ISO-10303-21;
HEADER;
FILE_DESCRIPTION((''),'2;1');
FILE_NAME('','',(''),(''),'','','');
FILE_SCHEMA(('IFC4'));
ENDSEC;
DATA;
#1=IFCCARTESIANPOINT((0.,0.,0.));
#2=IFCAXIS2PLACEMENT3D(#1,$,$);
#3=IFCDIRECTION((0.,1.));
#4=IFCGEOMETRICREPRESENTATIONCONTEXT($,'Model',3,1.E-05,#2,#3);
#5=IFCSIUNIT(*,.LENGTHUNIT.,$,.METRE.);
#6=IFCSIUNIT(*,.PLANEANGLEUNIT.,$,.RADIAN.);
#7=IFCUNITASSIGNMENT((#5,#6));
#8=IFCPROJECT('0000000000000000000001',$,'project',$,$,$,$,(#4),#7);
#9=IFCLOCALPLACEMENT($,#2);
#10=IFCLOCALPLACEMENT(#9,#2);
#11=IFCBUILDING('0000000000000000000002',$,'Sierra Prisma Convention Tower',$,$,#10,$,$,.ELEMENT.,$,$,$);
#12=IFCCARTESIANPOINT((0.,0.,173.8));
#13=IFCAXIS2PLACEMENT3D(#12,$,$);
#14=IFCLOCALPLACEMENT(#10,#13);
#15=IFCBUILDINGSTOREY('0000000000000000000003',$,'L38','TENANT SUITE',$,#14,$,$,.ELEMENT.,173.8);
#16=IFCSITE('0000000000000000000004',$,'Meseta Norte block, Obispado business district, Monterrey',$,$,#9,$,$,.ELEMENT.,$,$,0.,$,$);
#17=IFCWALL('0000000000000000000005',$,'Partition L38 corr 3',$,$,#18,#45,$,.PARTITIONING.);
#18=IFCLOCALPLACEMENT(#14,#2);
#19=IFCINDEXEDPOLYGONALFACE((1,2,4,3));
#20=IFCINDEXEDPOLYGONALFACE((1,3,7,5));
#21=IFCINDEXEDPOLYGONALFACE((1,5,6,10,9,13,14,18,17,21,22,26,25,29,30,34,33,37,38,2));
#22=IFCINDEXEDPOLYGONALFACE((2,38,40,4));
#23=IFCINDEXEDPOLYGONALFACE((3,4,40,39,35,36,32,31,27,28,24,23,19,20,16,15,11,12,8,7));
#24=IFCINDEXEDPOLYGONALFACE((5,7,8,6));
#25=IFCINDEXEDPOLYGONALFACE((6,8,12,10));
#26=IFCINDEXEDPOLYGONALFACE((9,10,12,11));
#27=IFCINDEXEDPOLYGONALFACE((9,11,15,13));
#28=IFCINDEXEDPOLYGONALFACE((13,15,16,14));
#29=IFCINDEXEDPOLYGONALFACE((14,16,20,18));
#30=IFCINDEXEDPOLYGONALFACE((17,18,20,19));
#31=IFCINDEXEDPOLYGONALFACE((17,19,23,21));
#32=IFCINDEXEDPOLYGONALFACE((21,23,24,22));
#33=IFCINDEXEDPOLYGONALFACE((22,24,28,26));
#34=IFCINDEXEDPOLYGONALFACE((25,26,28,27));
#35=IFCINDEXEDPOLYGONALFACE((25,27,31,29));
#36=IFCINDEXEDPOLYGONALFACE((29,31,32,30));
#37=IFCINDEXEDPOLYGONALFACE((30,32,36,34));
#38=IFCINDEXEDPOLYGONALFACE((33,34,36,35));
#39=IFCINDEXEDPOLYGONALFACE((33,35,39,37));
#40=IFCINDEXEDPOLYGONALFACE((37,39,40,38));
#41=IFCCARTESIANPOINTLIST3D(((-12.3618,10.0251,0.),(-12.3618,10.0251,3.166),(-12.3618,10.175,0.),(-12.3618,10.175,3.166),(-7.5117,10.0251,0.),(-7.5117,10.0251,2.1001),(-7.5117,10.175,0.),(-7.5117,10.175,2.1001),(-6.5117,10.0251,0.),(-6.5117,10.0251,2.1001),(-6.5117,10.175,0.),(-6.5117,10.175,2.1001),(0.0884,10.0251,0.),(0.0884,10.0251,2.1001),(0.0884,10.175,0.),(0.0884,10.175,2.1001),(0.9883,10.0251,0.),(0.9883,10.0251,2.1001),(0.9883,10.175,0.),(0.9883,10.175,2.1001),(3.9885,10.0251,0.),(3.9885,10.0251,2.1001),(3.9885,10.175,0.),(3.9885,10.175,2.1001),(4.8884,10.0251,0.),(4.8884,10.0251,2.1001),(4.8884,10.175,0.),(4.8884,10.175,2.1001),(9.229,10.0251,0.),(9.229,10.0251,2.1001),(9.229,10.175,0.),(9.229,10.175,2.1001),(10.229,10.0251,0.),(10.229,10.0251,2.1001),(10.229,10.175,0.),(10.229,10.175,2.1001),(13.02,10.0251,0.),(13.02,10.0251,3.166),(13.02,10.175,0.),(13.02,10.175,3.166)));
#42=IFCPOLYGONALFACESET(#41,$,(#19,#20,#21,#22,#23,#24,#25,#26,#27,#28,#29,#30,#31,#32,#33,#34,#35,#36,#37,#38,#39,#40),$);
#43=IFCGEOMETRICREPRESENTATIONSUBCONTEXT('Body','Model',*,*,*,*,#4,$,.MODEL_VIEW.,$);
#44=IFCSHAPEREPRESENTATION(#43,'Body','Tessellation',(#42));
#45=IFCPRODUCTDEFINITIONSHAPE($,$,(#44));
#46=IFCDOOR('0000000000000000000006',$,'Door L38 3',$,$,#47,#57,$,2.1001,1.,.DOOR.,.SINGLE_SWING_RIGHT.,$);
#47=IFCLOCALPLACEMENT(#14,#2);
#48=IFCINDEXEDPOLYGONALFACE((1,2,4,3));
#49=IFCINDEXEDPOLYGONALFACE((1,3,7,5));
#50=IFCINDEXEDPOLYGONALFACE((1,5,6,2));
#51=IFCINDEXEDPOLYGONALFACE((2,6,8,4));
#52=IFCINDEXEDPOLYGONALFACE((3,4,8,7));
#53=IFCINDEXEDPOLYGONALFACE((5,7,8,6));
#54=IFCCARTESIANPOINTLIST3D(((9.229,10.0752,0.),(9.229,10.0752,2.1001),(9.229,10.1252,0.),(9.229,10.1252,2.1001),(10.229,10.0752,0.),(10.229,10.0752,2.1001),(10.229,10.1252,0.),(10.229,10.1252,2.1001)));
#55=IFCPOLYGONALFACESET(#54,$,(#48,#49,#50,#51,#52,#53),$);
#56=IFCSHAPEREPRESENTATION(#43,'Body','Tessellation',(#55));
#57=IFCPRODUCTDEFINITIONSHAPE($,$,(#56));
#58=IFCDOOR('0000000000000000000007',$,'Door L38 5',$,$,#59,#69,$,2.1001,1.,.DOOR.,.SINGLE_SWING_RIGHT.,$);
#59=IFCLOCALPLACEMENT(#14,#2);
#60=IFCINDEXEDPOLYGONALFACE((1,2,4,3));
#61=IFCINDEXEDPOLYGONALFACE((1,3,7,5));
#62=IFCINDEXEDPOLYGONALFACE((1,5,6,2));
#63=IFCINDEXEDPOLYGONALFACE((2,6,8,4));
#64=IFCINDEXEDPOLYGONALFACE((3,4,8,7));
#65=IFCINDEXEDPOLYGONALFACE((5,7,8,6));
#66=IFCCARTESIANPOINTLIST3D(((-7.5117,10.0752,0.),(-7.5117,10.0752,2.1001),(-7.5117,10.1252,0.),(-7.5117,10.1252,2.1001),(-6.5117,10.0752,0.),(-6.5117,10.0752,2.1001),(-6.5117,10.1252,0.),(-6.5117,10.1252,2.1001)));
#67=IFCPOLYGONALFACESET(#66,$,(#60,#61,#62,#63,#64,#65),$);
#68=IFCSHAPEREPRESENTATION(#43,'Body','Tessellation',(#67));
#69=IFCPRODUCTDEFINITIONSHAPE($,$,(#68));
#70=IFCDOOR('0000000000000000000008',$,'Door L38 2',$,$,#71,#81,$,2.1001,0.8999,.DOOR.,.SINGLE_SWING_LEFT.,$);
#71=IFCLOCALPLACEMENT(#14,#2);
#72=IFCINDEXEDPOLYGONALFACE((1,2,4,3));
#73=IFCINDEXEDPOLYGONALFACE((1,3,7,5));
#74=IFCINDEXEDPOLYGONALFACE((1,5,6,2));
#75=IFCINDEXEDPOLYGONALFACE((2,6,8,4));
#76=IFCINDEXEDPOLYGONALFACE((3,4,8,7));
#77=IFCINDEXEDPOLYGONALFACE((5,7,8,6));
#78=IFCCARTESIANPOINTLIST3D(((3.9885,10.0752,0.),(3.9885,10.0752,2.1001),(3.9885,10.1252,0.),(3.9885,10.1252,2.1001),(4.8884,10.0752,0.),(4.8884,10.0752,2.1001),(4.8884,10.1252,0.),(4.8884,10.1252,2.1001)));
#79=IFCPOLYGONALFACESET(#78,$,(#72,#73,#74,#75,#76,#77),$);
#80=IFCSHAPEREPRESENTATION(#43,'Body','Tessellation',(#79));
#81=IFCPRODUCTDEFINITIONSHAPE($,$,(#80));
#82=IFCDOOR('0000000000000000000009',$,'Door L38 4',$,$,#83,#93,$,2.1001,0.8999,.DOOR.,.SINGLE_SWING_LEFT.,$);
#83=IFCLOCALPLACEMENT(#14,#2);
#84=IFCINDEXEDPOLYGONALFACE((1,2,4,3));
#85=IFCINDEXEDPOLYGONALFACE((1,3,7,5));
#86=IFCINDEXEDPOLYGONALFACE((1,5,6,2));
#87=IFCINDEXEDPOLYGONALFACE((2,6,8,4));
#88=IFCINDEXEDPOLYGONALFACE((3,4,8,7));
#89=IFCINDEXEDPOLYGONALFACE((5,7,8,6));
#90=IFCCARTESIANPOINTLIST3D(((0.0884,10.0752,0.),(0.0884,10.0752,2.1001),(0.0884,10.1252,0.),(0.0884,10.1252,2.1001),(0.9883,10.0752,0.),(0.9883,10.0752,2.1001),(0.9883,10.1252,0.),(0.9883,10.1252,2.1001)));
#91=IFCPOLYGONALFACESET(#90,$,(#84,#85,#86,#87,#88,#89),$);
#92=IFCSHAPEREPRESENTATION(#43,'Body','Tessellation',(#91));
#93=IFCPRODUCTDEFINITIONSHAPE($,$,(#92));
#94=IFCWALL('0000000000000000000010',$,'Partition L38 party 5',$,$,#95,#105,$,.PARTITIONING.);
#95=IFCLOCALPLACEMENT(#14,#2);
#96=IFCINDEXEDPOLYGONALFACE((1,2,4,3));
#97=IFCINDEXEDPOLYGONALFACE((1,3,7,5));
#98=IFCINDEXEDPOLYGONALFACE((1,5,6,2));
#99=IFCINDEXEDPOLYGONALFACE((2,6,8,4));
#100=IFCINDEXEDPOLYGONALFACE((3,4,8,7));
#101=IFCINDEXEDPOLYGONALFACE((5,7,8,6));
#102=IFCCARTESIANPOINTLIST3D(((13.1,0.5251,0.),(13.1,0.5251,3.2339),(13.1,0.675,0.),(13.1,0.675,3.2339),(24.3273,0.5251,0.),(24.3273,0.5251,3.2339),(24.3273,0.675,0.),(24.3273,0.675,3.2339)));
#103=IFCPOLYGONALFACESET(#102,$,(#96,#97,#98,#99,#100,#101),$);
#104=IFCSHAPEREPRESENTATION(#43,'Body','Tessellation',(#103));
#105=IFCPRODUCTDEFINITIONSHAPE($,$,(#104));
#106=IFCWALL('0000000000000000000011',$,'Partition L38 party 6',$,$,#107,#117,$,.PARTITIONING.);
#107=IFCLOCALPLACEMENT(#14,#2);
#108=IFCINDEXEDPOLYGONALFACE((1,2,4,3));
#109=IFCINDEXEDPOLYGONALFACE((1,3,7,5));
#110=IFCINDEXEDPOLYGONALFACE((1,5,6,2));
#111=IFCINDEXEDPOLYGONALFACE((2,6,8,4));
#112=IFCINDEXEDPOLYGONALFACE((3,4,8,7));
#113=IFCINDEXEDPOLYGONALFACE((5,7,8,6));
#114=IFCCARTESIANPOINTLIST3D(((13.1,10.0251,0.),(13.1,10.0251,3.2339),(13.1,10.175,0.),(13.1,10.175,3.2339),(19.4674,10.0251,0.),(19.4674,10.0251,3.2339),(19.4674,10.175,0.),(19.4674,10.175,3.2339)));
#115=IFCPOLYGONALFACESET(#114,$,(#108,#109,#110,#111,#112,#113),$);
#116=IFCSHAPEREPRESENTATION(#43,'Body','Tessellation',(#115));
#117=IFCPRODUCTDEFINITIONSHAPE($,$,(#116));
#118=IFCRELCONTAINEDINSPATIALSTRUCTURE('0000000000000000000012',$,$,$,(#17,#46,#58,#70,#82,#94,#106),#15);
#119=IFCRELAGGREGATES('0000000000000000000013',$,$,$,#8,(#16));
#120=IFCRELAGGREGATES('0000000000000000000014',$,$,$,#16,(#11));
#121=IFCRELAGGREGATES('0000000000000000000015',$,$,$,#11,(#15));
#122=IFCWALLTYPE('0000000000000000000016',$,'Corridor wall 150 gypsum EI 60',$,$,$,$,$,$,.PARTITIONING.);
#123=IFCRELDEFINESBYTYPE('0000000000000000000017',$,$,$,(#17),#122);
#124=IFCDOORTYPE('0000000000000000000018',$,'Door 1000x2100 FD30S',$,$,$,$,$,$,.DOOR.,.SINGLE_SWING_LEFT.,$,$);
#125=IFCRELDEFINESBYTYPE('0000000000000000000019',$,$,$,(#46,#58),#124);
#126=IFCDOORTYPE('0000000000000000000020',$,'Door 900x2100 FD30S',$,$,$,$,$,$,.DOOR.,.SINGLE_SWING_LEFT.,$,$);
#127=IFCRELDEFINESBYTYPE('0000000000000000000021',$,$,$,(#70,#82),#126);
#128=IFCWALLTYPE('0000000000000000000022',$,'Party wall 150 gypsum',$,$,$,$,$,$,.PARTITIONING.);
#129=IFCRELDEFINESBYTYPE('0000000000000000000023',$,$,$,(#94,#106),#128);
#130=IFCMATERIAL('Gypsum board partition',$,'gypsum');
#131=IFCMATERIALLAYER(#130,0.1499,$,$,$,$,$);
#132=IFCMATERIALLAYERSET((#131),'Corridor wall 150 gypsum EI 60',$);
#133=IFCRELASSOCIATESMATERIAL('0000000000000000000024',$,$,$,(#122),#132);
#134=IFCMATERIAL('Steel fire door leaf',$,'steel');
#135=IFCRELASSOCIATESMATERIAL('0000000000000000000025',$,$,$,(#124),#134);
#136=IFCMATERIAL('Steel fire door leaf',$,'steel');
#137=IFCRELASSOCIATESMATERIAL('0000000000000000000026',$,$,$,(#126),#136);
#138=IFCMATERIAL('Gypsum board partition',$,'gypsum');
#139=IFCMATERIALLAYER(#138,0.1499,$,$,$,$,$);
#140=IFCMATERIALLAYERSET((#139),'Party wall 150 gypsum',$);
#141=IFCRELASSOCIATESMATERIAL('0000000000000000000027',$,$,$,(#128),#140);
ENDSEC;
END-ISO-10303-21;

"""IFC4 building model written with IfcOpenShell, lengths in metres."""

from ifc_helpers import new_model, si_unit, direction, frame, frame_2d, origin, place, context, subcontext, project, spatial, rectangle, extrude, material, layer, layer_set, type_object, element, fill, save


model = new_model("IFC4")

# Units and contexts
model_context = context("Model", 3, precision=1e-05, world=origin(), true_north=direction((0.0, 1.0)))
body_context = subcontext(model_context, "Body", "Model", "MODEL_VIEW")
ifc_project = project(units=[si_unit("LENGTHUNIT", "METRE"), si_unit("PLANEANGLEUNIT", "RADIAN")], contexts=[model_context])

# Site, building, storey
site_placement = place(None, origin())
site = spatial("IfcSite", under=ifc_project, at=site_placement, Name="Meseta Norte block, Obispado business district, Monterrey", CompositionType="ELEMENT", RefElevation=0.0)
building_placement = place(site_placement, origin())
building = spatial("IfcBuilding", under=site, at=building_placement, Name="Sierra Prisma Convention Tower", CompositionType="ELEMENT")
storey_placement = place(building_placement, frame((0.0, 0.0, 173.8)))
storey = spatial("IfcBuildingStorey", under=building, at=storey_placement, Name="L38", Description="TENANT SUITE", CompositionType="ELEMENT", Elevation=173.8)

# Wall, openings, doors
ifc_material_1 = material(Name="Gypsum board partition", Category="gypsum")
ifc_layer_1 = layer(ifc_material_1, 0.1499)
ifc_layer_set_1 = layer_set([ifc_layer_1], Name="Corridor wall 150 gypsum EI 60")
wall_type_1 = type_object("IfcWallType", Name="Corridor wall 150 gypsum EI 60", PredefinedType="PARTITIONING", material=ifc_layer_set_1)
wall_1_placement = place(storey_placement, frame((13.02, 10.1001, 0.0), z_axis=(0.0, 0.0, 1.0), x_axis=(-1.0, 0.0, 0.0)))
wall_1 = element("IfcWall", 1, at=wall_1_placement, inside=storey, type_object=wall_type_1, Name="Partition L38 corr 3", PredefinedType="PARTITIONING", context=body_context, shape_type="SweptSolid", body=[
    extrude(rectangle(XDim=25.3818, YDim=0.1499, at=frame_2d((12.6909, 0.0))), origin(), (0.0, 0.0, 1.0), 3.166),
])
opening_1_placement = place(wall_1_placement, frame((8.1316, 0.0, 0.0)))
opening_1 = element("IfcOpeningElement", 2, at=opening_1_placement, cuts=wall_1, PredefinedType="OPENING", context=body_context, shape_type="SweptSolid", body=[
    extrude(rectangle(XDim=0.8999, YDim=2.1001, at=frame_2d((0.45, 1.05))), frame((0.0, 0.075, 0.0), z_axis=(0.0, -1.0, 0.0), x_axis=(1.0, 0.0, 0.0)), (0.0, 0.0, 1.0), 0.1499),
])
opening_2_placement = place(wall_1_placement, frame((2.791, 0.0, 0.0)))
opening_2 = element("IfcOpeningElement", 3, at=opening_2_placement, cuts=wall_1, PredefinedType="OPENING", context=body_context, shape_type="SweptSolid", body=[
    extrude(rectangle(XDim=1.0, YDim=2.1001, at=frame_2d((0.5, 1.05))), frame((0.0, 0.075, 0.0), z_axis=(0.0, -1.0, 0.0), x_axis=(1.0, 0.0, 0.0)), (0.0, 0.0, 1.0), 0.1499),
])
opening_3_placement = place(wall_1_placement, frame((12.0317, 0.0, 0.0)))
opening_3 = element("IfcOpeningElement", 4, at=opening_3_placement, cuts=wall_1, PredefinedType="OPENING", context=body_context, shape_type="SweptSolid", body=[
    extrude(rectangle(XDim=0.8999, YDim=2.1001, at=frame_2d((0.45, 1.05))), frame((0.0, 0.075, 0.0), z_axis=(0.0, -1.0, 0.0), x_axis=(1.0, 0.0, 0.0)), (0.0, 0.0, 1.0), 0.1499),
])
opening_4_placement = place(wall_1_placement, frame((19.5317, 0.0, 0.0)))
opening_4 = element("IfcOpeningElement", 5, at=opening_4_placement, cuts=wall_1, PredefinedType="OPENING", context=body_context, shape_type="SweptSolid", body=[
    extrude(rectangle(XDim=1.0, YDim=2.1001, at=frame_2d((0.5, 1.05))), frame((0.0, 0.075, 0.0), z_axis=(0.0, -1.0, 0.0), x_axis=(1.0, 0.0, 0.0)), (0.0, 0.0, 1.0), 0.1499),
])
ifc_material_2 = material(Name="Steel fire door leaf", Category="steel")
door_type_1 = type_object("IfcDoorType", Name="Door 1000x2100 FD30S", OperationType="SINGLE_SWING_LEFT", PredefinedType="DOOR", material=ifc_material_2)
door_1_placement = place(opening_2_placement, origin())
door_1 = element("IfcDoor", 6, at=door_1_placement, inside=storey, type_object=door_type_1, Name="Door L38 3", OperationType="SINGLE_SWING_RIGHT", OverallHeight=2.1001, OverallWidth=1.0, PredefinedType="DOOR", context=body_context, shape_type="SweptSolid", body=[
    extrude(rectangle(XDim=1.0, YDim=2.1001, at=frame_2d((0.5, 1.05))), frame((0.0, 0.0249, 0.0), z_axis=(0.0, -1.0, 0.0), x_axis=(1.0, 0.0, 0.0)), (0.0, 0.0, 1.0), 0.05),
])
fill(opening_2, door_1)
door_2_placement = place(opening_4_placement, origin())
door_2 = element("IfcDoor", 7, at=door_2_placement, inside=storey, type_object=door_type_1, Name="Door L38 5", OperationType="SINGLE_SWING_RIGHT", OverallHeight=2.1001, OverallWidth=1.0, PredefinedType="DOOR", context=body_context, shape_type="SweptSolid", body=[
    extrude(rectangle(XDim=1.0, YDim=2.1001, at=frame_2d((0.5, 1.05))), frame((0.0, 0.0249, 0.0), z_axis=(0.0, -1.0, 0.0), x_axis=(1.0, 0.0, 0.0)), (0.0, 0.0, 1.0), 0.05),
])
fill(opening_4, door_2)
ifc_material_3 = material(Name="Steel fire door leaf", Category="steel")
door_type_2 = type_object("IfcDoorType", Name="Door 900x2100 FD30S", OperationType="SINGLE_SWING_LEFT", PredefinedType="DOOR", material=ifc_material_3)
door_3_placement = place(opening_1_placement, origin())
door_3 = element("IfcDoor", 8, at=door_3_placement, inside=storey, type_object=door_type_2, Name="Door L38 2", OperationType="SINGLE_SWING_LEFT", OverallHeight=2.1001, OverallWidth=0.8999, PredefinedType="DOOR", context=body_context, shape_type="SweptSolid", body=[
    extrude(rectangle(XDim=0.8999, YDim=2.1001, at=frame_2d((0.45, 1.05))), frame((0.0, 0.0249, 0.0), z_axis=(0.0, -1.0, 0.0), x_axis=(1.0, 0.0, 0.0)), (0.0, 0.0, 1.0), 0.05),
])
fill(opening_1, door_3)
door_4_placement = place(opening_3_placement, origin())
door_4 = element("IfcDoor", 9, at=door_4_placement, inside=storey, type_object=door_type_2, Name="Door L38 4", OperationType="SINGLE_SWING_LEFT", OverallHeight=2.1001, OverallWidth=0.8999, PredefinedType="DOOR", context=body_context, shape_type="SweptSolid", body=[
    extrude(rectangle(XDim=0.8999, YDim=2.1001, at=frame_2d((0.45, 1.05))), frame((0.0, 0.0249, 0.0), z_axis=(0.0, -1.0, 0.0), x_axis=(1.0, 0.0, 0.0)), (0.0, 0.0, 1.0), 0.05),
])
fill(opening_3, door_4)

# Walls
ifc_material_4 = material(Name="Gypsum board partition", Category="gypsum")
ifc_layer_2 = layer(ifc_material_4, 0.1499)
ifc_layer_set_2 = layer_set([ifc_layer_2], Name="Party wall 150 gypsum")
wall_type_2 = type_object("IfcWallType", Name="Party wall 150 gypsum", PredefinedType="PARTITIONING", material=ifc_layer_set_2)
wall_2_placement = place(storey_placement, frame((24.3274, 0.6001, 0.0), z_axis=(0.0, 0.0, 1.0), x_axis=(-1.0, 0.0, 0.0)))
element("IfcWall", 10, at=wall_2_placement, inside=storey, type_object=wall_type_2, Name="Partition L38 party 5", PredefinedType="PARTITIONING", context=body_context, shape_type="SweptSolid", body=[
    extrude(rectangle(XDim=11.2273, YDim=0.1499, at=frame_2d((5.6138, 0.0))), origin(), (0.0, 0.0, 1.0), 3.2339),
])
wall_3_placement = place(storey_placement, frame((13.1001, 10.1001, 0.0), z_axis=(0.0, 0.0, 1.0), x_axis=(1.0, 0.0, 0.0)))
element("IfcWall", 11, at=wall_3_placement, inside=storey, type_object=wall_type_2, Name="Partition L38 party 6", PredefinedType="PARTITIONING", context=body_context, shape_type="SweptSolid", body=[
    extrude(rectangle(XDim=6.3674, YDim=0.1499, at=frame_2d((3.1836, 0.0))), origin(), (0.0, 0.0, 1.0), 3.2339),
])

save(model, "model.ifc")
